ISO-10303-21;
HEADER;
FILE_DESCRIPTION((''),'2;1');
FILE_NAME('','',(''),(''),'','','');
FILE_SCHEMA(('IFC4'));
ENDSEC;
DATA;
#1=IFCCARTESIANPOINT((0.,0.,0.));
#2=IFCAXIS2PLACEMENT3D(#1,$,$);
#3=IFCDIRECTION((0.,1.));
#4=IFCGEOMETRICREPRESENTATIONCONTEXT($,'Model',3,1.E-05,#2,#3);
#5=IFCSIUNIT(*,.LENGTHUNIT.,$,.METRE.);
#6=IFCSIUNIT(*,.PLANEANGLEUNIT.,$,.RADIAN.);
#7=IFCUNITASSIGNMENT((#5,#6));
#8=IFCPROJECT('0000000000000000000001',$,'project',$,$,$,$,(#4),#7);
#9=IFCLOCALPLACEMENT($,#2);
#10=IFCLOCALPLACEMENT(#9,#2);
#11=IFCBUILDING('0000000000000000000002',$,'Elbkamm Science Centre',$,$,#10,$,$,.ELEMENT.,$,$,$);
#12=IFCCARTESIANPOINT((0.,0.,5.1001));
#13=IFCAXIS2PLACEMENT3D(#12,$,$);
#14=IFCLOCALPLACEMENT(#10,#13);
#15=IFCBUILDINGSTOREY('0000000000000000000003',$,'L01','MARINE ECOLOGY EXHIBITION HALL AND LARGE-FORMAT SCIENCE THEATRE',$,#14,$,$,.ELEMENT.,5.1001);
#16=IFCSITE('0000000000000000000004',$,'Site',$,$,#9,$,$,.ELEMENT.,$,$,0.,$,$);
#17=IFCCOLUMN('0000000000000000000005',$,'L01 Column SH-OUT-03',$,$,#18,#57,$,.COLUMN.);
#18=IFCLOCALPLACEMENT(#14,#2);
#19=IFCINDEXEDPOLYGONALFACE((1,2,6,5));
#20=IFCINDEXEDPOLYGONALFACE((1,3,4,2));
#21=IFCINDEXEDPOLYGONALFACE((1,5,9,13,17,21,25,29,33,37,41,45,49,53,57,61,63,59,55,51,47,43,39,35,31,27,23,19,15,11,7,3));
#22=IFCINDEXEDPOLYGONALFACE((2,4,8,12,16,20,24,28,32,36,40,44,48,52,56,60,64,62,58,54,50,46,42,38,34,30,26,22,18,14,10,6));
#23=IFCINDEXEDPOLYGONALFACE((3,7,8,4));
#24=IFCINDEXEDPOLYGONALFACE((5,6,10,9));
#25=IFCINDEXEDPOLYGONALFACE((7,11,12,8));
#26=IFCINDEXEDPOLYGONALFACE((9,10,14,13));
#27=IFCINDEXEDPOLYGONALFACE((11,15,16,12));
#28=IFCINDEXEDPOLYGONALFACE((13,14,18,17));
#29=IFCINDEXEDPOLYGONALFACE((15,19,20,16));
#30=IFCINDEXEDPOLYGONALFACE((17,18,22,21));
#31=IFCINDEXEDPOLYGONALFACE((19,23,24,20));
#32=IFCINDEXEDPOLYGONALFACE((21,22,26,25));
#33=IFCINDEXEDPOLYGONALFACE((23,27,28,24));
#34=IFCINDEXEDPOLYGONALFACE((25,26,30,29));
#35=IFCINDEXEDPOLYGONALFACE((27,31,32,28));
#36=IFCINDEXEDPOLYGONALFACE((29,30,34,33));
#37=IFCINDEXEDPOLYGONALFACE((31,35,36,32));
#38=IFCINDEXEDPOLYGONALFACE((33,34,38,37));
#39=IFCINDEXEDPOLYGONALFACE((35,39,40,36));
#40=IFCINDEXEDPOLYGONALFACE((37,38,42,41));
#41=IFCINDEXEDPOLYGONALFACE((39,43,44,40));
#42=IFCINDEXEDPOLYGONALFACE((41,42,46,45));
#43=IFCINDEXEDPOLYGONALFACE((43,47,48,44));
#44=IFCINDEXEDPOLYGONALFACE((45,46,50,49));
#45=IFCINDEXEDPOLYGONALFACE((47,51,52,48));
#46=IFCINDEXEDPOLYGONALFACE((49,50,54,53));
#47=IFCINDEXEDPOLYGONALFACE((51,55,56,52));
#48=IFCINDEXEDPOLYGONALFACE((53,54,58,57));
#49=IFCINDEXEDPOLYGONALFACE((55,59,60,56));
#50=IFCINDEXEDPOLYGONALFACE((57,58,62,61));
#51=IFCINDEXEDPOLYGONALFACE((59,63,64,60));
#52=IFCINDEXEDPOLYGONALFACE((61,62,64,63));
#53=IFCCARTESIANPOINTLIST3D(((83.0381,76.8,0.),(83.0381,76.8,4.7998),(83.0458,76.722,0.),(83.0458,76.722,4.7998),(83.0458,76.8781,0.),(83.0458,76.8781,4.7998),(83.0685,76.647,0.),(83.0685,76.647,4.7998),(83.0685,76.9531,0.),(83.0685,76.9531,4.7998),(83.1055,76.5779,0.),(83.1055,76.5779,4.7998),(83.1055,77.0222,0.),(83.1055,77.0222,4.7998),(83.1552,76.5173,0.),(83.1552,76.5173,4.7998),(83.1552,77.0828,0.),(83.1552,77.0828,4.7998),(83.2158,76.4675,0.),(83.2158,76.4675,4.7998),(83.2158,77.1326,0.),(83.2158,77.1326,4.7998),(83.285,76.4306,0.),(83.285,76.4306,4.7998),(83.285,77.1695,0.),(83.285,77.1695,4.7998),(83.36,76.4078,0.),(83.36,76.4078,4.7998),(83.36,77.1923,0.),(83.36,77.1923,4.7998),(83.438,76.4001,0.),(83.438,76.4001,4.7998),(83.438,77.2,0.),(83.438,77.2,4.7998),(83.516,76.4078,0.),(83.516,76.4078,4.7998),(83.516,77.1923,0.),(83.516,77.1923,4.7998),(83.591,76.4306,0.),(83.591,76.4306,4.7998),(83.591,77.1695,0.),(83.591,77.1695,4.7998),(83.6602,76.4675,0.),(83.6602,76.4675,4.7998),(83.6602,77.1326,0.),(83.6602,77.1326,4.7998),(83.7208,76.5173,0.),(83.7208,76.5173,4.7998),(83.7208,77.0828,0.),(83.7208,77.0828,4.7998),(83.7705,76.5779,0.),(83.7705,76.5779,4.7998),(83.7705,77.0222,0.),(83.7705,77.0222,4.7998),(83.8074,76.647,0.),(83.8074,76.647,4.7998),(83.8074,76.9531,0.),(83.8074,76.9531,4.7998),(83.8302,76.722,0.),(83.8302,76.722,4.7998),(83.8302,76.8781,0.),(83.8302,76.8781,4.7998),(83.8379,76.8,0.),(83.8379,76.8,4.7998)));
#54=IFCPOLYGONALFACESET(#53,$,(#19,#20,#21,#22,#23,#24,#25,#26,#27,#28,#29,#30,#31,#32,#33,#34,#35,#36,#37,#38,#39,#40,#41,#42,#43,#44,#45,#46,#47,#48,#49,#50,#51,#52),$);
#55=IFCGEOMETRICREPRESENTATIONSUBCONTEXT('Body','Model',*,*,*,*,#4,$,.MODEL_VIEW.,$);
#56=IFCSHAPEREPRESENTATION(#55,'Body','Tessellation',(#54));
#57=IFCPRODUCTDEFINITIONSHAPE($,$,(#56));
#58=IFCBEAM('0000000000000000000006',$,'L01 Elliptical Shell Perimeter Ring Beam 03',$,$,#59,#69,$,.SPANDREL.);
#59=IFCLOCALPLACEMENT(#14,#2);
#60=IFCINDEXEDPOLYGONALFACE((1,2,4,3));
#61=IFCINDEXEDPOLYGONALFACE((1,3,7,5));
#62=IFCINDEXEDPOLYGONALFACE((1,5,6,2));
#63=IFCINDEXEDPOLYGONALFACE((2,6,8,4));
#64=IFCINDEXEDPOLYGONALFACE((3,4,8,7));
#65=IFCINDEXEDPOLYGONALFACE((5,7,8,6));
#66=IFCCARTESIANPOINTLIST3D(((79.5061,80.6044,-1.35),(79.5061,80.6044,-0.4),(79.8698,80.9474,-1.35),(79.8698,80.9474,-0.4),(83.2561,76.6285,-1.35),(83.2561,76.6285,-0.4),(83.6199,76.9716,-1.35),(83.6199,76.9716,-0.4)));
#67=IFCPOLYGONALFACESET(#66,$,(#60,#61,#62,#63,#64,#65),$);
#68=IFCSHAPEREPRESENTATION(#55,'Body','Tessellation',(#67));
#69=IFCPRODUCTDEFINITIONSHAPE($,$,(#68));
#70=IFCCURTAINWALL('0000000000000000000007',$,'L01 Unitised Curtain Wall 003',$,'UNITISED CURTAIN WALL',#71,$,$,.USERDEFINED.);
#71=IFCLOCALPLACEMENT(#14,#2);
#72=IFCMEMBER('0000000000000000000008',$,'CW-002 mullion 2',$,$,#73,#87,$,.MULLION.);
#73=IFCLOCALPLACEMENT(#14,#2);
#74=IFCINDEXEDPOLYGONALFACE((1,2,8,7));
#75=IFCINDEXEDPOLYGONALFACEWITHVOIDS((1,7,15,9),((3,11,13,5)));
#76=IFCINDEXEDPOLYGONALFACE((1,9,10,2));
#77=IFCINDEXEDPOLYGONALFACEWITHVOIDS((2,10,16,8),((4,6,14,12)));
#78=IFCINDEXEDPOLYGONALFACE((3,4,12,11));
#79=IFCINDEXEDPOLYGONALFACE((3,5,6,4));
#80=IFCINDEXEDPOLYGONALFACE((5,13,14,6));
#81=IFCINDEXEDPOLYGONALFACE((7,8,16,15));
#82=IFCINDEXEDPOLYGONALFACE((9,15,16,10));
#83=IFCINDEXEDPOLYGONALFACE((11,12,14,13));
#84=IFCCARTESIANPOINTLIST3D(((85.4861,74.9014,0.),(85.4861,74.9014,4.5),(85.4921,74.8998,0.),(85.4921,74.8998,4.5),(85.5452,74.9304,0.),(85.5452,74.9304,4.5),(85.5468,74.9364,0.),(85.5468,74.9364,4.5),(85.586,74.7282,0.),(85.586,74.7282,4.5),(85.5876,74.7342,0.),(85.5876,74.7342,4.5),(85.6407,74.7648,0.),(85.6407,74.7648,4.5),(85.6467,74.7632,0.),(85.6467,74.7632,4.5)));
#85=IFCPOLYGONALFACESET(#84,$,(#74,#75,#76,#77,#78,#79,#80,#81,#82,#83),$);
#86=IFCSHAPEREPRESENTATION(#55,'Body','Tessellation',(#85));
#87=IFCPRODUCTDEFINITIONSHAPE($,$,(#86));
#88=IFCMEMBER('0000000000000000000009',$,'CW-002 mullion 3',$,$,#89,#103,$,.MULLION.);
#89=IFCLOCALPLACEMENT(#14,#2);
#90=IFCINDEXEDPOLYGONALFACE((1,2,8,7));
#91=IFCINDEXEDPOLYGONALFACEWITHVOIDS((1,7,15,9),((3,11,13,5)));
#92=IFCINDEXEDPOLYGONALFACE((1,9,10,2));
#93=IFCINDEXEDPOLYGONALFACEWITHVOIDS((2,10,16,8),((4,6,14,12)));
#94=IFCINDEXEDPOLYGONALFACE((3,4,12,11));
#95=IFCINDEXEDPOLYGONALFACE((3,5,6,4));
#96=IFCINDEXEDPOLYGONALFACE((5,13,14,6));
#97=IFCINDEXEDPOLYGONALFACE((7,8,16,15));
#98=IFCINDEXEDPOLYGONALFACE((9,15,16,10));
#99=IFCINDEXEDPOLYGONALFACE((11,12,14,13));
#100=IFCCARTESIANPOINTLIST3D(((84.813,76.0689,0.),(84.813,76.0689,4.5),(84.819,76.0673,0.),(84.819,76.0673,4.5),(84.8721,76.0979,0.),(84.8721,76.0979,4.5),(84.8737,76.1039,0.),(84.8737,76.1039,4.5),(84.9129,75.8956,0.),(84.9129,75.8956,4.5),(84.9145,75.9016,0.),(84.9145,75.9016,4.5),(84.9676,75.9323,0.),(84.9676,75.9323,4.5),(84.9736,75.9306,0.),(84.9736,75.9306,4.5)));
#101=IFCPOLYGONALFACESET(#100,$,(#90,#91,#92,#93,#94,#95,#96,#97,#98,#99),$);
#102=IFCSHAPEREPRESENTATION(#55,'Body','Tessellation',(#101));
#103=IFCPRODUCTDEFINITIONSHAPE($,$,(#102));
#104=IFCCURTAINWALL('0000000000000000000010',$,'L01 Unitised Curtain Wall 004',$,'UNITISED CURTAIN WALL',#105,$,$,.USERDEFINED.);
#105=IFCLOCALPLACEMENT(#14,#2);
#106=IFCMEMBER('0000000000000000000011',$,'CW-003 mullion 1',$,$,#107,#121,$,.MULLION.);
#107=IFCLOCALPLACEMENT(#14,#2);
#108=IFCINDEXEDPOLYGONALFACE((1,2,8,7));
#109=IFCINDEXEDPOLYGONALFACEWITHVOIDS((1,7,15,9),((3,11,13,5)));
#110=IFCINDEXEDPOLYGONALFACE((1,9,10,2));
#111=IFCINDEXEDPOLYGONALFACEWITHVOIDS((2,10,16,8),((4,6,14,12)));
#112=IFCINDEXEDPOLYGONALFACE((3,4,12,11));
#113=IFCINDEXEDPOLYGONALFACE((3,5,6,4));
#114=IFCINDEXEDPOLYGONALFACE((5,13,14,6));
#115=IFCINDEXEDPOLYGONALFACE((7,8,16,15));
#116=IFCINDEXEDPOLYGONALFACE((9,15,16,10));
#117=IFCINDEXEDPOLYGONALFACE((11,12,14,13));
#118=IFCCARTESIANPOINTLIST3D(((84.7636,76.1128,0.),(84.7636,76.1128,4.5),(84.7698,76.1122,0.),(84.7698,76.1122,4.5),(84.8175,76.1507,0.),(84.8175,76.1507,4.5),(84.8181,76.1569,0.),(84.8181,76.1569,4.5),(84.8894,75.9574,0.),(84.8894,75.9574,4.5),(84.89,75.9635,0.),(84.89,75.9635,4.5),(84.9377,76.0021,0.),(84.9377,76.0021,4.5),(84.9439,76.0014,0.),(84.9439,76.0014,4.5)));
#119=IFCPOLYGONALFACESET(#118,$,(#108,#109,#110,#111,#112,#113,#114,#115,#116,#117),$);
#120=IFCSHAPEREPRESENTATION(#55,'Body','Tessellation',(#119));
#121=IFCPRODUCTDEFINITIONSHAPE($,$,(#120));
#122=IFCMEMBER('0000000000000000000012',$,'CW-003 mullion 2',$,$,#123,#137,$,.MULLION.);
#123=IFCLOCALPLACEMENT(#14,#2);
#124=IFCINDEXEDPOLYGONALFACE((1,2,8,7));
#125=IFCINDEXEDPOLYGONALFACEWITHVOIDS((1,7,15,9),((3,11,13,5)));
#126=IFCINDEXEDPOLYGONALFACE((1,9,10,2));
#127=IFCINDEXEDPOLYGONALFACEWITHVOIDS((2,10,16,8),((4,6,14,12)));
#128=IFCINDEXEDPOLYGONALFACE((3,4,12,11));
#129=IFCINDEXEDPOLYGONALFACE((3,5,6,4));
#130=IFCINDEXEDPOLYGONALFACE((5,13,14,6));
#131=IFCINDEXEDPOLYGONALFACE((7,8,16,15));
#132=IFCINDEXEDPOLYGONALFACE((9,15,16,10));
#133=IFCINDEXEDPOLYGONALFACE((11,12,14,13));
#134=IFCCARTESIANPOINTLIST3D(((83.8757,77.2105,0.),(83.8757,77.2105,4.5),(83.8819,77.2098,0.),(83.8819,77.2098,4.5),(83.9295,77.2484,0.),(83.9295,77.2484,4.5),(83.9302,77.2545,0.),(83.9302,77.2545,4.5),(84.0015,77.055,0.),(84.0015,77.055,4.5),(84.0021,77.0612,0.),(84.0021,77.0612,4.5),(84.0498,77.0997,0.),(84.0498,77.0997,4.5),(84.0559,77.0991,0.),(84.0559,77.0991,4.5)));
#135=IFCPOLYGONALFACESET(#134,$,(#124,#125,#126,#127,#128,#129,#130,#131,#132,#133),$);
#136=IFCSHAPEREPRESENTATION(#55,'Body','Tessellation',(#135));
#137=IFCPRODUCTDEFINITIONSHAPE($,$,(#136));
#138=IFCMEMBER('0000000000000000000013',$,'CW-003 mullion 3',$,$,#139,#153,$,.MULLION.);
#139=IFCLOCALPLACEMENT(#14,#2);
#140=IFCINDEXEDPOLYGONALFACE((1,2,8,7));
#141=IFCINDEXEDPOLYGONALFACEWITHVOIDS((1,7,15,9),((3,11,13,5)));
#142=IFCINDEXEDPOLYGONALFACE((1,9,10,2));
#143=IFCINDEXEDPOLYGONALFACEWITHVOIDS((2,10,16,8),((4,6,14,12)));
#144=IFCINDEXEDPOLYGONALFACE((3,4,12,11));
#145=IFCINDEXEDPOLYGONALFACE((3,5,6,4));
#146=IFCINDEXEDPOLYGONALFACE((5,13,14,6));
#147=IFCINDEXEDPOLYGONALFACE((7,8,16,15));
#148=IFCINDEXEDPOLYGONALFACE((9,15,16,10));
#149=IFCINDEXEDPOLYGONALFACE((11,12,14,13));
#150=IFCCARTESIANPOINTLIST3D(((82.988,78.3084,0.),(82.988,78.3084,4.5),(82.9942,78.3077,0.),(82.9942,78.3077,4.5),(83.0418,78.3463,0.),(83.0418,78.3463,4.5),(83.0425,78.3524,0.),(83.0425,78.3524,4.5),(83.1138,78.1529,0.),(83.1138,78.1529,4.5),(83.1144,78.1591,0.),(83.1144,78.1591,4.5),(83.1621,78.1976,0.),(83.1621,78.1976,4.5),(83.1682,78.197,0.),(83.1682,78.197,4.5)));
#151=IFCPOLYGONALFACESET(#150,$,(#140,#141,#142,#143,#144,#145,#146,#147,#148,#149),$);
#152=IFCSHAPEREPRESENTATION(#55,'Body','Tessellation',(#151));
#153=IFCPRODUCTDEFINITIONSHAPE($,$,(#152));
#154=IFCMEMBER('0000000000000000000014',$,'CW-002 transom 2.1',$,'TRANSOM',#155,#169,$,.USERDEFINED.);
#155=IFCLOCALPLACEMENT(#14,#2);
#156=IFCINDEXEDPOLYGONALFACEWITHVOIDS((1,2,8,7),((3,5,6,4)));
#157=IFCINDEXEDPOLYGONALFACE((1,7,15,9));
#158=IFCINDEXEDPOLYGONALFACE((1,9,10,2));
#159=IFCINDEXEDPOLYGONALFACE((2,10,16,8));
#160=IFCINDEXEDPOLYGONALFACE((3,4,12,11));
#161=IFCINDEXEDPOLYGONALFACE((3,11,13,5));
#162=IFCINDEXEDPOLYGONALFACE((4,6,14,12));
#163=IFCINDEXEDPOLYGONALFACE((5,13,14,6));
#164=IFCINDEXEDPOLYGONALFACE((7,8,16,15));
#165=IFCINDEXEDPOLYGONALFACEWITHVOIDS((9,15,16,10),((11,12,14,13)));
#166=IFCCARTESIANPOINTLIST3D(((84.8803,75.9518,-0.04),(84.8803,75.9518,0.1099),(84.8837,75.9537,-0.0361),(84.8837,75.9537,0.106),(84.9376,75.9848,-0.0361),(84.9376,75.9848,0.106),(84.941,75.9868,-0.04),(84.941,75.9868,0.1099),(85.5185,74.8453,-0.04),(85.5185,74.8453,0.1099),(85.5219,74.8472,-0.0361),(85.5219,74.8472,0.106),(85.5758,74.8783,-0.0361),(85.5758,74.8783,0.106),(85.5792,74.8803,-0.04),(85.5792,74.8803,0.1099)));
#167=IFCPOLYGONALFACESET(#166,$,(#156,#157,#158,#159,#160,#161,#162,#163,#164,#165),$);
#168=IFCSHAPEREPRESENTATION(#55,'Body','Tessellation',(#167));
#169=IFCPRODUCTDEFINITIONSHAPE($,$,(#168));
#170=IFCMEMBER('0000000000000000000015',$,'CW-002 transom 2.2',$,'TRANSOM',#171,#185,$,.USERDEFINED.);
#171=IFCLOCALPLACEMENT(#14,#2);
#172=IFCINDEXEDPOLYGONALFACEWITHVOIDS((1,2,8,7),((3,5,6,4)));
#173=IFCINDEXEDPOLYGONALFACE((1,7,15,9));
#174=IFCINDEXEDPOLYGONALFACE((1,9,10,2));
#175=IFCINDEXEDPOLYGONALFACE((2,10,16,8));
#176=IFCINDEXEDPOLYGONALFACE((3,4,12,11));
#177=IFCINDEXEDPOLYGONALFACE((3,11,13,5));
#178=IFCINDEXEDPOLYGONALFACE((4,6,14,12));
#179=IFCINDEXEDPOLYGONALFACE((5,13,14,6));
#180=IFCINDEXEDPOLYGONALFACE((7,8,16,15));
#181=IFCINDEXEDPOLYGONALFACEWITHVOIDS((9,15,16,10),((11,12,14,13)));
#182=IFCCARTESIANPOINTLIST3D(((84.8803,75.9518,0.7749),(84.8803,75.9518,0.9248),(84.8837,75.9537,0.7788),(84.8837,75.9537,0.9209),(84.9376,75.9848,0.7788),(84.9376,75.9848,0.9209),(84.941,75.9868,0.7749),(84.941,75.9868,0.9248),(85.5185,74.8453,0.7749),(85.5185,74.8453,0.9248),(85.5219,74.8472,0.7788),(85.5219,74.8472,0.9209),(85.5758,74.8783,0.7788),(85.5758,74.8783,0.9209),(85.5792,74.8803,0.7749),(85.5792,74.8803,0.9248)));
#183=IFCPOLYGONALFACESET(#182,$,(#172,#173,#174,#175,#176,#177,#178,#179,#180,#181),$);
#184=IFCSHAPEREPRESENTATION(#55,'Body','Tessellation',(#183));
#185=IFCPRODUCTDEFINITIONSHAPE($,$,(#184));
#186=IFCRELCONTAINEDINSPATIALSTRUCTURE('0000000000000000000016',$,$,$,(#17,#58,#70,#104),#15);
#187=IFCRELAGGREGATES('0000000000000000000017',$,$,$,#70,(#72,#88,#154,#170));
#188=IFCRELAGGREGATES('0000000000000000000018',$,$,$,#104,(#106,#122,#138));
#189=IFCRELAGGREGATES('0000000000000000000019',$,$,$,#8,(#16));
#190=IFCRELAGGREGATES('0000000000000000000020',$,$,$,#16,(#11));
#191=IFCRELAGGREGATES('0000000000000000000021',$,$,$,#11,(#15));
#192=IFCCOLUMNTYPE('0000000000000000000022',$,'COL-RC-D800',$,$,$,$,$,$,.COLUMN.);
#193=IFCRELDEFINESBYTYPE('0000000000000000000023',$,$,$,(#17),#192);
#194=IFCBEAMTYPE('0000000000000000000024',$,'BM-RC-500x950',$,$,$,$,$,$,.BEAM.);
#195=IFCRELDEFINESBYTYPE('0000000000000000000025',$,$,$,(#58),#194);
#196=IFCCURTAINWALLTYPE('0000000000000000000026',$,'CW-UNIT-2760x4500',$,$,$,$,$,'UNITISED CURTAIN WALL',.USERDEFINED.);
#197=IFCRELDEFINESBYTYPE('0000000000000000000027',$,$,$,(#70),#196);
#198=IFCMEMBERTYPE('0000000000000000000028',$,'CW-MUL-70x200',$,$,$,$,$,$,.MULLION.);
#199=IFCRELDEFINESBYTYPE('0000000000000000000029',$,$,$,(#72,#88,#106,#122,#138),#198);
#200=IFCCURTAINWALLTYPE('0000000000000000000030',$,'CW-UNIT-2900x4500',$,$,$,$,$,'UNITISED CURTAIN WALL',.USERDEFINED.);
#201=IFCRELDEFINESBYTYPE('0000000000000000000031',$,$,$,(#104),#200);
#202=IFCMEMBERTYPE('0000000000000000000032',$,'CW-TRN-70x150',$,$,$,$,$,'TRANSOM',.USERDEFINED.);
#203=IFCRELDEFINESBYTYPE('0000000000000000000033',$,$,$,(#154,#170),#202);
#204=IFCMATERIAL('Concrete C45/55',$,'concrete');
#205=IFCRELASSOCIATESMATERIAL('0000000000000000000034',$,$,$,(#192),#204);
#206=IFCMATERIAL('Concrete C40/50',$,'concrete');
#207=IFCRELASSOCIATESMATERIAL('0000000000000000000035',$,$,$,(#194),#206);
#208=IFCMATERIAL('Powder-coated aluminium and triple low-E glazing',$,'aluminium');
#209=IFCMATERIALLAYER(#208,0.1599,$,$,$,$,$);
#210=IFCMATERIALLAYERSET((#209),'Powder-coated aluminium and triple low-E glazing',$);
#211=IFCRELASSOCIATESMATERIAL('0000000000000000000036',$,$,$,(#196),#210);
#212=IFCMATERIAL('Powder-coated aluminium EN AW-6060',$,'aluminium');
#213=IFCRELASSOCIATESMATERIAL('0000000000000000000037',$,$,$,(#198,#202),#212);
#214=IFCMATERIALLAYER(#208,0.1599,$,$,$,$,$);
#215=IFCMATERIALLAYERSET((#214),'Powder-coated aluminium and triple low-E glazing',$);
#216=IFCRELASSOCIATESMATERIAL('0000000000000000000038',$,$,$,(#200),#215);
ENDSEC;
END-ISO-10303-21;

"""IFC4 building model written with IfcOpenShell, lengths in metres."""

from ifc_helpers import new_model, si_unit, direction, frame, origin, origin_2d, place, context, subcontext, project, spatial, rectangle, hollow_rectangle, circle, extrude, material, layer, layer_set, material_profile, profile_set, type_object, element, aggregate, save


model = new_model("IFC4")

# Units and contexts
model_context = context("Model", 3, precision=1e-05, world=origin(), true_north=direction((0.0, 1.0)))
body_context = subcontext(model_context, "Body", "Model", "MODEL_VIEW")
ifc_project = project(units=[si_unit("LENGTHUNIT", "METRE"), si_unit("PLANEANGLEUNIT", "RADIAN")], contexts=[model_context])

# Site, building, storey
site_placement = place(None, origin())
site = spatial("IfcSite", under=ifc_project, at=site_placement, Name="Site", CompositionType="ELEMENT", RefElevation=0.0)
building_placement = place(site_placement, origin())
building = spatial("IfcBuilding", under=site, at=building_placement, Name="Elbkamm Science Centre", CompositionType="ELEMENT")
storey_placement = place(building_placement, frame((0.0, 0.0, 5.1001)))
storey = spatial("IfcBuildingStorey", under=building, at=storey_placement, Name="L01", Description="MARINE ECOLOGY EXHIBITION HALL AND LARGE-FORMAT SCIENCE THEATRE", CompositionType="ELEMENT", Elevation=5.1001)

# Column
ifc_material_1 = material(Name="Concrete C45/55", Category="concrete")
ifc_material_profile_1 = material_profile(ifc_material_1, circle(Radius=0.3999, at=origin_2d()), Name="RC D800")
ifc_profile_set_1 = profile_set([ifc_material_profile_1], Name="Concrete C45/55")
column_type = type_object("IfcColumnType", Name="COL-RC-D800", PredefinedType="COLUMN", material=ifc_profile_set_1)
column_placement = place(storey_placement, frame((83.438, 76.8, 0.0), z_axis=(0.0, 0.0, 1.0), x_axis=(1.0, 0.0, 0.0)))
element("IfcColumn", 1, at=column_placement, inside=storey, type_object=column_type, Name="L01 Column SH-OUT-03", PredefinedType="COLUMN", context=body_context, shape_type="SweptSolid", body=[
    extrude(circle(Radius=0.3999, at=origin_2d()), origin(), (0.0, 0.0, 1.0), 4.7998),
])

# Beam
ifc_material_2 = material(Name="Concrete C40/50", Category="concrete")
ifc_material_profile_2 = material_profile(ifc_material_2, rectangle(XDim=0.5, YDim=0.95, at=origin_2d()), Name="RC 500x950")
ifc_profile_set_2 = profile_set([ifc_material_profile_2], Name="Concrete C40/50")
beam_type = type_object("IfcBeamType", Name="BM-RC-500x950", PredefinedType="BEAM", material=ifc_profile_set_2)
beam_placement = place(storey_placement, frame((83.438, 76.8, -0.875), z_axis=(-0.686145, 0.727465, 0.0), x_axis=(-0.727465, -0.686145, 0.0)))
element("IfcBeam", 2, at=beam_placement, inside=storey, type_object=beam_type, Name="L01 Elliptical Shell Perimeter Ring Beam 03", PredefinedType="SPANDREL", context=body_context, shape_type="SweptSolid", body=[
    extrude(rectangle(XDim=0.5, YDim=0.95, at=origin_2d()), origin(), (0.0, 0.0, 1.0), 5.4653),
])

# Curtain walls, members
ifc_material_3 = material(Name="Powder-coated aluminium and triple low-E glazing", Category="aluminium")
ifc_layer_1 = layer(ifc_material_3, 0.1599)
ifc_layer_set_1 = layer_set([ifc_layer_1], Name="Powder-coated aluminium and triple low-E glazing")
curtain_wall_type_1 = type_object("IfcCurtainWallType", Name="CW-UNIT-2760x4500", ElementType="UNITISED CURTAIN WALL", PredefinedType="USERDEFINED", material=ifc_layer_set_1)
curtain_wall_1_placement = place(storey_placement, origin())
curtain_wall_1 = element("IfcCurtainWall", 3, at=curtain_wall_1_placement, inside=storey, type_object=curtain_wall_type_1, Name="L01 Unitised Curtain Wall 003", ObjectType="UNITISED CURTAIN WALL", PredefinedType="USERDEFINED")
ifc_material_4 = material(Name="Powder-coated aluminium EN AW-6060", Category="aluminium")
ifc_material_profile_3 = material_profile(ifc_material_4, hollow_rectangle(XDim=0.0701, YDim=0.2, WallThickness=0.0044, at=origin_2d()), Name="ALU M70x200")
ifc_profile_set_3 = profile_set([ifc_material_profile_3], Name="Powder-coated aluminium EN AW-6060")
member_type_1 = type_object("IfcMemberType", Name="CW-MUL-70x200", PredefinedType="MULLION", material=ifc_profile_set_3)
member_1_placement = place(storey_placement, frame((85.5664, 74.8323, 0.0), z_axis=(0.0, 0.0, 1.0), x_axis=(-0.866327, -0.499477, 0.0)))
member_1 = element("IfcMember", 4, at=member_1_placement, type_object=member_type_1, Name="CW-002 mullion 2", PredefinedType="MULLION", context=body_context, shape_type="SweptSolid", body=[
    extrude(hollow_rectangle(XDim=0.0701, YDim=0.2, WallThickness=0.0044, at=origin_2d()), origin(), (0.0, 0.0, 1.0), 4.5),
])
member_2_placement = place(storey_placement, frame((84.8933, 75.9998, 0.0), z_axis=(0.0, 0.0, 1.0), x_axis=(-0.866327, -0.499477, 0.0)))
member_2 = element("IfcMember", 5, at=member_2_placement, type_object=member_type_1, Name="CW-002 mullion 3", PredefinedType="MULLION", context=body_context, shape_type="SweptSolid", body=[
    extrude(hollow_rectangle(XDim=0.0701, YDim=0.2, WallThickness=0.0044, at=origin_2d()), origin(), (0.0, 0.0, 1.0), 4.5),
])
ifc_layer_2 = layer(ifc_material_3, 0.1599)
ifc_layer_set_2 = layer_set([ifc_layer_2], Name="Powder-coated aluminium and triple low-E glazing")
curtain_wall_type_2 = type_object("IfcCurtainWallType", Name="CW-UNIT-2900x4500", ElementType="UNITISED CURTAIN WALL", PredefinedType="USERDEFINED", material=ifc_layer_set_2)
curtain_wall_2_placement = place(storey_placement, origin())
curtain_wall_2 = element("IfcCurtainWall", 6, at=curtain_wall_2_placement, inside=storey, type_object=curtain_wall_type_2, Name="L01 Unitised Curtain Wall 004", ObjectType="UNITISED CURTAIN WALL", PredefinedType="USERDEFINED")
member_3_placement = place(storey_placement, frame((84.8538, 76.0571, 0.0), z_axis=(0.0, 0.0, 1.0), x_axis=(-0.777493, -0.628892, 0.0)))
member_3 = element("IfcMember", 7, at=member_3_placement, type_object=member_type_1, Name="CW-003 mullion 1", PredefinedType="MULLION", context=body_context, shape_type="SweptSolid", body=[
    extrude(hollow_rectangle(XDim=0.0701, YDim=0.2, WallThickness=0.0044, at=origin_2d()), origin(), (0.0, 0.0, 1.0), 4.5),
])
member_4_placement = place(storey_placement, frame((83.9658, 77.1548, 0.0), z_axis=(0.0, 0.0, 1.0), x_axis=(-0.777493, -0.628892, 0.0)))
member_4 = element("IfcMember", 8, at=member_4_placement, type_object=member_type_1, Name="CW-003 mullion 2", PredefinedType="MULLION", context=body_context, shape_type="SweptSolid", body=[
    extrude(hollow_rectangle(XDim=0.0701, YDim=0.2, WallThickness=0.0044, at=origin_2d()), origin(), (0.0, 0.0, 1.0), 4.5),
])
member_5_placement = place(storey_placement, frame((83.0781, 78.2527, 0.0), z_axis=(0.0, 0.0, 1.0), x_axis=(-0.777493, -0.628892, 0.0)))
member_5 = element("IfcMember", 9, at=member_5_placement, type_object=member_type_1, Name="CW-003 mullion 3", PredefinedType="MULLION", context=body_context, shape_type="SweptSolid", body=[
    extrude(hollow_rectangle(XDim=0.0701, YDim=0.2, WallThickness=0.0044, at=origin_2d()), origin(), (0.0, 0.0, 1.0), 4.5),
])

# Members
ifc_material_profile_4 = material_profile(ifc_material_4, hollow_rectangle(XDim=0.0701, YDim=0.1499, WallThickness=0.0039, at=origin_2d()), Name="ALU T70x150")
ifc_profile_set_4 = profile_set([ifc_material_profile_4], Name="Powder-coated aluminium EN AW-6060")
member_type_2 = type_object("IfcMemberType", Name="CW-TRN-70x150", ElementType="TRANSOM", PredefinedType="USERDEFINED", material=ifc_profile_set_4)
member_6_placement = place(storey_placement, frame((85.5488, 74.8628, 0.0349), z_axis=(-0.499634, 0.866236, 0.0), x_axis=(-0.866236, -0.499634, 0.0)))
member_6 = element("IfcMember", 10, at=member_6_placement, type_object=member_type_2, Name="CW-002 transom 2.1", ObjectType="TRANSOM", PredefinedType="USERDEFINED", context=body_context, shape_type="SweptSolid", body=[
    extrude(hollow_rectangle(XDim=0.0701, YDim=0.1499, WallThickness=0.0039, at=origin_2d()), origin(), (0.0, 0.0, 1.0), 1.2773),
])
member_7_placement = place(storey_placement, frame((85.5488, 74.8628, 0.8499), z_axis=(-0.499634, 0.866236, 0.0), x_axis=(-0.866236, -0.499634, 0.0)))
member_7 = element("IfcMember", 11, at=member_7_placement, type_object=member_type_2, Name="CW-002 transom 2.2", ObjectType="TRANSOM", PredefinedType="USERDEFINED", context=body_context, shape_type="SweptSolid", body=[
    extrude(hollow_rectangle(XDim=0.0701, YDim=0.1499, WallThickness=0.0039, at=origin_2d()), origin(), (0.0, 0.0, 1.0), 1.2773),
])

aggregate(curtain_wall_1, [member_1, member_2, member_6, member_7])
aggregate(curtain_wall_2, [member_3, member_4, member_5])

save(model, "model.ifc")
